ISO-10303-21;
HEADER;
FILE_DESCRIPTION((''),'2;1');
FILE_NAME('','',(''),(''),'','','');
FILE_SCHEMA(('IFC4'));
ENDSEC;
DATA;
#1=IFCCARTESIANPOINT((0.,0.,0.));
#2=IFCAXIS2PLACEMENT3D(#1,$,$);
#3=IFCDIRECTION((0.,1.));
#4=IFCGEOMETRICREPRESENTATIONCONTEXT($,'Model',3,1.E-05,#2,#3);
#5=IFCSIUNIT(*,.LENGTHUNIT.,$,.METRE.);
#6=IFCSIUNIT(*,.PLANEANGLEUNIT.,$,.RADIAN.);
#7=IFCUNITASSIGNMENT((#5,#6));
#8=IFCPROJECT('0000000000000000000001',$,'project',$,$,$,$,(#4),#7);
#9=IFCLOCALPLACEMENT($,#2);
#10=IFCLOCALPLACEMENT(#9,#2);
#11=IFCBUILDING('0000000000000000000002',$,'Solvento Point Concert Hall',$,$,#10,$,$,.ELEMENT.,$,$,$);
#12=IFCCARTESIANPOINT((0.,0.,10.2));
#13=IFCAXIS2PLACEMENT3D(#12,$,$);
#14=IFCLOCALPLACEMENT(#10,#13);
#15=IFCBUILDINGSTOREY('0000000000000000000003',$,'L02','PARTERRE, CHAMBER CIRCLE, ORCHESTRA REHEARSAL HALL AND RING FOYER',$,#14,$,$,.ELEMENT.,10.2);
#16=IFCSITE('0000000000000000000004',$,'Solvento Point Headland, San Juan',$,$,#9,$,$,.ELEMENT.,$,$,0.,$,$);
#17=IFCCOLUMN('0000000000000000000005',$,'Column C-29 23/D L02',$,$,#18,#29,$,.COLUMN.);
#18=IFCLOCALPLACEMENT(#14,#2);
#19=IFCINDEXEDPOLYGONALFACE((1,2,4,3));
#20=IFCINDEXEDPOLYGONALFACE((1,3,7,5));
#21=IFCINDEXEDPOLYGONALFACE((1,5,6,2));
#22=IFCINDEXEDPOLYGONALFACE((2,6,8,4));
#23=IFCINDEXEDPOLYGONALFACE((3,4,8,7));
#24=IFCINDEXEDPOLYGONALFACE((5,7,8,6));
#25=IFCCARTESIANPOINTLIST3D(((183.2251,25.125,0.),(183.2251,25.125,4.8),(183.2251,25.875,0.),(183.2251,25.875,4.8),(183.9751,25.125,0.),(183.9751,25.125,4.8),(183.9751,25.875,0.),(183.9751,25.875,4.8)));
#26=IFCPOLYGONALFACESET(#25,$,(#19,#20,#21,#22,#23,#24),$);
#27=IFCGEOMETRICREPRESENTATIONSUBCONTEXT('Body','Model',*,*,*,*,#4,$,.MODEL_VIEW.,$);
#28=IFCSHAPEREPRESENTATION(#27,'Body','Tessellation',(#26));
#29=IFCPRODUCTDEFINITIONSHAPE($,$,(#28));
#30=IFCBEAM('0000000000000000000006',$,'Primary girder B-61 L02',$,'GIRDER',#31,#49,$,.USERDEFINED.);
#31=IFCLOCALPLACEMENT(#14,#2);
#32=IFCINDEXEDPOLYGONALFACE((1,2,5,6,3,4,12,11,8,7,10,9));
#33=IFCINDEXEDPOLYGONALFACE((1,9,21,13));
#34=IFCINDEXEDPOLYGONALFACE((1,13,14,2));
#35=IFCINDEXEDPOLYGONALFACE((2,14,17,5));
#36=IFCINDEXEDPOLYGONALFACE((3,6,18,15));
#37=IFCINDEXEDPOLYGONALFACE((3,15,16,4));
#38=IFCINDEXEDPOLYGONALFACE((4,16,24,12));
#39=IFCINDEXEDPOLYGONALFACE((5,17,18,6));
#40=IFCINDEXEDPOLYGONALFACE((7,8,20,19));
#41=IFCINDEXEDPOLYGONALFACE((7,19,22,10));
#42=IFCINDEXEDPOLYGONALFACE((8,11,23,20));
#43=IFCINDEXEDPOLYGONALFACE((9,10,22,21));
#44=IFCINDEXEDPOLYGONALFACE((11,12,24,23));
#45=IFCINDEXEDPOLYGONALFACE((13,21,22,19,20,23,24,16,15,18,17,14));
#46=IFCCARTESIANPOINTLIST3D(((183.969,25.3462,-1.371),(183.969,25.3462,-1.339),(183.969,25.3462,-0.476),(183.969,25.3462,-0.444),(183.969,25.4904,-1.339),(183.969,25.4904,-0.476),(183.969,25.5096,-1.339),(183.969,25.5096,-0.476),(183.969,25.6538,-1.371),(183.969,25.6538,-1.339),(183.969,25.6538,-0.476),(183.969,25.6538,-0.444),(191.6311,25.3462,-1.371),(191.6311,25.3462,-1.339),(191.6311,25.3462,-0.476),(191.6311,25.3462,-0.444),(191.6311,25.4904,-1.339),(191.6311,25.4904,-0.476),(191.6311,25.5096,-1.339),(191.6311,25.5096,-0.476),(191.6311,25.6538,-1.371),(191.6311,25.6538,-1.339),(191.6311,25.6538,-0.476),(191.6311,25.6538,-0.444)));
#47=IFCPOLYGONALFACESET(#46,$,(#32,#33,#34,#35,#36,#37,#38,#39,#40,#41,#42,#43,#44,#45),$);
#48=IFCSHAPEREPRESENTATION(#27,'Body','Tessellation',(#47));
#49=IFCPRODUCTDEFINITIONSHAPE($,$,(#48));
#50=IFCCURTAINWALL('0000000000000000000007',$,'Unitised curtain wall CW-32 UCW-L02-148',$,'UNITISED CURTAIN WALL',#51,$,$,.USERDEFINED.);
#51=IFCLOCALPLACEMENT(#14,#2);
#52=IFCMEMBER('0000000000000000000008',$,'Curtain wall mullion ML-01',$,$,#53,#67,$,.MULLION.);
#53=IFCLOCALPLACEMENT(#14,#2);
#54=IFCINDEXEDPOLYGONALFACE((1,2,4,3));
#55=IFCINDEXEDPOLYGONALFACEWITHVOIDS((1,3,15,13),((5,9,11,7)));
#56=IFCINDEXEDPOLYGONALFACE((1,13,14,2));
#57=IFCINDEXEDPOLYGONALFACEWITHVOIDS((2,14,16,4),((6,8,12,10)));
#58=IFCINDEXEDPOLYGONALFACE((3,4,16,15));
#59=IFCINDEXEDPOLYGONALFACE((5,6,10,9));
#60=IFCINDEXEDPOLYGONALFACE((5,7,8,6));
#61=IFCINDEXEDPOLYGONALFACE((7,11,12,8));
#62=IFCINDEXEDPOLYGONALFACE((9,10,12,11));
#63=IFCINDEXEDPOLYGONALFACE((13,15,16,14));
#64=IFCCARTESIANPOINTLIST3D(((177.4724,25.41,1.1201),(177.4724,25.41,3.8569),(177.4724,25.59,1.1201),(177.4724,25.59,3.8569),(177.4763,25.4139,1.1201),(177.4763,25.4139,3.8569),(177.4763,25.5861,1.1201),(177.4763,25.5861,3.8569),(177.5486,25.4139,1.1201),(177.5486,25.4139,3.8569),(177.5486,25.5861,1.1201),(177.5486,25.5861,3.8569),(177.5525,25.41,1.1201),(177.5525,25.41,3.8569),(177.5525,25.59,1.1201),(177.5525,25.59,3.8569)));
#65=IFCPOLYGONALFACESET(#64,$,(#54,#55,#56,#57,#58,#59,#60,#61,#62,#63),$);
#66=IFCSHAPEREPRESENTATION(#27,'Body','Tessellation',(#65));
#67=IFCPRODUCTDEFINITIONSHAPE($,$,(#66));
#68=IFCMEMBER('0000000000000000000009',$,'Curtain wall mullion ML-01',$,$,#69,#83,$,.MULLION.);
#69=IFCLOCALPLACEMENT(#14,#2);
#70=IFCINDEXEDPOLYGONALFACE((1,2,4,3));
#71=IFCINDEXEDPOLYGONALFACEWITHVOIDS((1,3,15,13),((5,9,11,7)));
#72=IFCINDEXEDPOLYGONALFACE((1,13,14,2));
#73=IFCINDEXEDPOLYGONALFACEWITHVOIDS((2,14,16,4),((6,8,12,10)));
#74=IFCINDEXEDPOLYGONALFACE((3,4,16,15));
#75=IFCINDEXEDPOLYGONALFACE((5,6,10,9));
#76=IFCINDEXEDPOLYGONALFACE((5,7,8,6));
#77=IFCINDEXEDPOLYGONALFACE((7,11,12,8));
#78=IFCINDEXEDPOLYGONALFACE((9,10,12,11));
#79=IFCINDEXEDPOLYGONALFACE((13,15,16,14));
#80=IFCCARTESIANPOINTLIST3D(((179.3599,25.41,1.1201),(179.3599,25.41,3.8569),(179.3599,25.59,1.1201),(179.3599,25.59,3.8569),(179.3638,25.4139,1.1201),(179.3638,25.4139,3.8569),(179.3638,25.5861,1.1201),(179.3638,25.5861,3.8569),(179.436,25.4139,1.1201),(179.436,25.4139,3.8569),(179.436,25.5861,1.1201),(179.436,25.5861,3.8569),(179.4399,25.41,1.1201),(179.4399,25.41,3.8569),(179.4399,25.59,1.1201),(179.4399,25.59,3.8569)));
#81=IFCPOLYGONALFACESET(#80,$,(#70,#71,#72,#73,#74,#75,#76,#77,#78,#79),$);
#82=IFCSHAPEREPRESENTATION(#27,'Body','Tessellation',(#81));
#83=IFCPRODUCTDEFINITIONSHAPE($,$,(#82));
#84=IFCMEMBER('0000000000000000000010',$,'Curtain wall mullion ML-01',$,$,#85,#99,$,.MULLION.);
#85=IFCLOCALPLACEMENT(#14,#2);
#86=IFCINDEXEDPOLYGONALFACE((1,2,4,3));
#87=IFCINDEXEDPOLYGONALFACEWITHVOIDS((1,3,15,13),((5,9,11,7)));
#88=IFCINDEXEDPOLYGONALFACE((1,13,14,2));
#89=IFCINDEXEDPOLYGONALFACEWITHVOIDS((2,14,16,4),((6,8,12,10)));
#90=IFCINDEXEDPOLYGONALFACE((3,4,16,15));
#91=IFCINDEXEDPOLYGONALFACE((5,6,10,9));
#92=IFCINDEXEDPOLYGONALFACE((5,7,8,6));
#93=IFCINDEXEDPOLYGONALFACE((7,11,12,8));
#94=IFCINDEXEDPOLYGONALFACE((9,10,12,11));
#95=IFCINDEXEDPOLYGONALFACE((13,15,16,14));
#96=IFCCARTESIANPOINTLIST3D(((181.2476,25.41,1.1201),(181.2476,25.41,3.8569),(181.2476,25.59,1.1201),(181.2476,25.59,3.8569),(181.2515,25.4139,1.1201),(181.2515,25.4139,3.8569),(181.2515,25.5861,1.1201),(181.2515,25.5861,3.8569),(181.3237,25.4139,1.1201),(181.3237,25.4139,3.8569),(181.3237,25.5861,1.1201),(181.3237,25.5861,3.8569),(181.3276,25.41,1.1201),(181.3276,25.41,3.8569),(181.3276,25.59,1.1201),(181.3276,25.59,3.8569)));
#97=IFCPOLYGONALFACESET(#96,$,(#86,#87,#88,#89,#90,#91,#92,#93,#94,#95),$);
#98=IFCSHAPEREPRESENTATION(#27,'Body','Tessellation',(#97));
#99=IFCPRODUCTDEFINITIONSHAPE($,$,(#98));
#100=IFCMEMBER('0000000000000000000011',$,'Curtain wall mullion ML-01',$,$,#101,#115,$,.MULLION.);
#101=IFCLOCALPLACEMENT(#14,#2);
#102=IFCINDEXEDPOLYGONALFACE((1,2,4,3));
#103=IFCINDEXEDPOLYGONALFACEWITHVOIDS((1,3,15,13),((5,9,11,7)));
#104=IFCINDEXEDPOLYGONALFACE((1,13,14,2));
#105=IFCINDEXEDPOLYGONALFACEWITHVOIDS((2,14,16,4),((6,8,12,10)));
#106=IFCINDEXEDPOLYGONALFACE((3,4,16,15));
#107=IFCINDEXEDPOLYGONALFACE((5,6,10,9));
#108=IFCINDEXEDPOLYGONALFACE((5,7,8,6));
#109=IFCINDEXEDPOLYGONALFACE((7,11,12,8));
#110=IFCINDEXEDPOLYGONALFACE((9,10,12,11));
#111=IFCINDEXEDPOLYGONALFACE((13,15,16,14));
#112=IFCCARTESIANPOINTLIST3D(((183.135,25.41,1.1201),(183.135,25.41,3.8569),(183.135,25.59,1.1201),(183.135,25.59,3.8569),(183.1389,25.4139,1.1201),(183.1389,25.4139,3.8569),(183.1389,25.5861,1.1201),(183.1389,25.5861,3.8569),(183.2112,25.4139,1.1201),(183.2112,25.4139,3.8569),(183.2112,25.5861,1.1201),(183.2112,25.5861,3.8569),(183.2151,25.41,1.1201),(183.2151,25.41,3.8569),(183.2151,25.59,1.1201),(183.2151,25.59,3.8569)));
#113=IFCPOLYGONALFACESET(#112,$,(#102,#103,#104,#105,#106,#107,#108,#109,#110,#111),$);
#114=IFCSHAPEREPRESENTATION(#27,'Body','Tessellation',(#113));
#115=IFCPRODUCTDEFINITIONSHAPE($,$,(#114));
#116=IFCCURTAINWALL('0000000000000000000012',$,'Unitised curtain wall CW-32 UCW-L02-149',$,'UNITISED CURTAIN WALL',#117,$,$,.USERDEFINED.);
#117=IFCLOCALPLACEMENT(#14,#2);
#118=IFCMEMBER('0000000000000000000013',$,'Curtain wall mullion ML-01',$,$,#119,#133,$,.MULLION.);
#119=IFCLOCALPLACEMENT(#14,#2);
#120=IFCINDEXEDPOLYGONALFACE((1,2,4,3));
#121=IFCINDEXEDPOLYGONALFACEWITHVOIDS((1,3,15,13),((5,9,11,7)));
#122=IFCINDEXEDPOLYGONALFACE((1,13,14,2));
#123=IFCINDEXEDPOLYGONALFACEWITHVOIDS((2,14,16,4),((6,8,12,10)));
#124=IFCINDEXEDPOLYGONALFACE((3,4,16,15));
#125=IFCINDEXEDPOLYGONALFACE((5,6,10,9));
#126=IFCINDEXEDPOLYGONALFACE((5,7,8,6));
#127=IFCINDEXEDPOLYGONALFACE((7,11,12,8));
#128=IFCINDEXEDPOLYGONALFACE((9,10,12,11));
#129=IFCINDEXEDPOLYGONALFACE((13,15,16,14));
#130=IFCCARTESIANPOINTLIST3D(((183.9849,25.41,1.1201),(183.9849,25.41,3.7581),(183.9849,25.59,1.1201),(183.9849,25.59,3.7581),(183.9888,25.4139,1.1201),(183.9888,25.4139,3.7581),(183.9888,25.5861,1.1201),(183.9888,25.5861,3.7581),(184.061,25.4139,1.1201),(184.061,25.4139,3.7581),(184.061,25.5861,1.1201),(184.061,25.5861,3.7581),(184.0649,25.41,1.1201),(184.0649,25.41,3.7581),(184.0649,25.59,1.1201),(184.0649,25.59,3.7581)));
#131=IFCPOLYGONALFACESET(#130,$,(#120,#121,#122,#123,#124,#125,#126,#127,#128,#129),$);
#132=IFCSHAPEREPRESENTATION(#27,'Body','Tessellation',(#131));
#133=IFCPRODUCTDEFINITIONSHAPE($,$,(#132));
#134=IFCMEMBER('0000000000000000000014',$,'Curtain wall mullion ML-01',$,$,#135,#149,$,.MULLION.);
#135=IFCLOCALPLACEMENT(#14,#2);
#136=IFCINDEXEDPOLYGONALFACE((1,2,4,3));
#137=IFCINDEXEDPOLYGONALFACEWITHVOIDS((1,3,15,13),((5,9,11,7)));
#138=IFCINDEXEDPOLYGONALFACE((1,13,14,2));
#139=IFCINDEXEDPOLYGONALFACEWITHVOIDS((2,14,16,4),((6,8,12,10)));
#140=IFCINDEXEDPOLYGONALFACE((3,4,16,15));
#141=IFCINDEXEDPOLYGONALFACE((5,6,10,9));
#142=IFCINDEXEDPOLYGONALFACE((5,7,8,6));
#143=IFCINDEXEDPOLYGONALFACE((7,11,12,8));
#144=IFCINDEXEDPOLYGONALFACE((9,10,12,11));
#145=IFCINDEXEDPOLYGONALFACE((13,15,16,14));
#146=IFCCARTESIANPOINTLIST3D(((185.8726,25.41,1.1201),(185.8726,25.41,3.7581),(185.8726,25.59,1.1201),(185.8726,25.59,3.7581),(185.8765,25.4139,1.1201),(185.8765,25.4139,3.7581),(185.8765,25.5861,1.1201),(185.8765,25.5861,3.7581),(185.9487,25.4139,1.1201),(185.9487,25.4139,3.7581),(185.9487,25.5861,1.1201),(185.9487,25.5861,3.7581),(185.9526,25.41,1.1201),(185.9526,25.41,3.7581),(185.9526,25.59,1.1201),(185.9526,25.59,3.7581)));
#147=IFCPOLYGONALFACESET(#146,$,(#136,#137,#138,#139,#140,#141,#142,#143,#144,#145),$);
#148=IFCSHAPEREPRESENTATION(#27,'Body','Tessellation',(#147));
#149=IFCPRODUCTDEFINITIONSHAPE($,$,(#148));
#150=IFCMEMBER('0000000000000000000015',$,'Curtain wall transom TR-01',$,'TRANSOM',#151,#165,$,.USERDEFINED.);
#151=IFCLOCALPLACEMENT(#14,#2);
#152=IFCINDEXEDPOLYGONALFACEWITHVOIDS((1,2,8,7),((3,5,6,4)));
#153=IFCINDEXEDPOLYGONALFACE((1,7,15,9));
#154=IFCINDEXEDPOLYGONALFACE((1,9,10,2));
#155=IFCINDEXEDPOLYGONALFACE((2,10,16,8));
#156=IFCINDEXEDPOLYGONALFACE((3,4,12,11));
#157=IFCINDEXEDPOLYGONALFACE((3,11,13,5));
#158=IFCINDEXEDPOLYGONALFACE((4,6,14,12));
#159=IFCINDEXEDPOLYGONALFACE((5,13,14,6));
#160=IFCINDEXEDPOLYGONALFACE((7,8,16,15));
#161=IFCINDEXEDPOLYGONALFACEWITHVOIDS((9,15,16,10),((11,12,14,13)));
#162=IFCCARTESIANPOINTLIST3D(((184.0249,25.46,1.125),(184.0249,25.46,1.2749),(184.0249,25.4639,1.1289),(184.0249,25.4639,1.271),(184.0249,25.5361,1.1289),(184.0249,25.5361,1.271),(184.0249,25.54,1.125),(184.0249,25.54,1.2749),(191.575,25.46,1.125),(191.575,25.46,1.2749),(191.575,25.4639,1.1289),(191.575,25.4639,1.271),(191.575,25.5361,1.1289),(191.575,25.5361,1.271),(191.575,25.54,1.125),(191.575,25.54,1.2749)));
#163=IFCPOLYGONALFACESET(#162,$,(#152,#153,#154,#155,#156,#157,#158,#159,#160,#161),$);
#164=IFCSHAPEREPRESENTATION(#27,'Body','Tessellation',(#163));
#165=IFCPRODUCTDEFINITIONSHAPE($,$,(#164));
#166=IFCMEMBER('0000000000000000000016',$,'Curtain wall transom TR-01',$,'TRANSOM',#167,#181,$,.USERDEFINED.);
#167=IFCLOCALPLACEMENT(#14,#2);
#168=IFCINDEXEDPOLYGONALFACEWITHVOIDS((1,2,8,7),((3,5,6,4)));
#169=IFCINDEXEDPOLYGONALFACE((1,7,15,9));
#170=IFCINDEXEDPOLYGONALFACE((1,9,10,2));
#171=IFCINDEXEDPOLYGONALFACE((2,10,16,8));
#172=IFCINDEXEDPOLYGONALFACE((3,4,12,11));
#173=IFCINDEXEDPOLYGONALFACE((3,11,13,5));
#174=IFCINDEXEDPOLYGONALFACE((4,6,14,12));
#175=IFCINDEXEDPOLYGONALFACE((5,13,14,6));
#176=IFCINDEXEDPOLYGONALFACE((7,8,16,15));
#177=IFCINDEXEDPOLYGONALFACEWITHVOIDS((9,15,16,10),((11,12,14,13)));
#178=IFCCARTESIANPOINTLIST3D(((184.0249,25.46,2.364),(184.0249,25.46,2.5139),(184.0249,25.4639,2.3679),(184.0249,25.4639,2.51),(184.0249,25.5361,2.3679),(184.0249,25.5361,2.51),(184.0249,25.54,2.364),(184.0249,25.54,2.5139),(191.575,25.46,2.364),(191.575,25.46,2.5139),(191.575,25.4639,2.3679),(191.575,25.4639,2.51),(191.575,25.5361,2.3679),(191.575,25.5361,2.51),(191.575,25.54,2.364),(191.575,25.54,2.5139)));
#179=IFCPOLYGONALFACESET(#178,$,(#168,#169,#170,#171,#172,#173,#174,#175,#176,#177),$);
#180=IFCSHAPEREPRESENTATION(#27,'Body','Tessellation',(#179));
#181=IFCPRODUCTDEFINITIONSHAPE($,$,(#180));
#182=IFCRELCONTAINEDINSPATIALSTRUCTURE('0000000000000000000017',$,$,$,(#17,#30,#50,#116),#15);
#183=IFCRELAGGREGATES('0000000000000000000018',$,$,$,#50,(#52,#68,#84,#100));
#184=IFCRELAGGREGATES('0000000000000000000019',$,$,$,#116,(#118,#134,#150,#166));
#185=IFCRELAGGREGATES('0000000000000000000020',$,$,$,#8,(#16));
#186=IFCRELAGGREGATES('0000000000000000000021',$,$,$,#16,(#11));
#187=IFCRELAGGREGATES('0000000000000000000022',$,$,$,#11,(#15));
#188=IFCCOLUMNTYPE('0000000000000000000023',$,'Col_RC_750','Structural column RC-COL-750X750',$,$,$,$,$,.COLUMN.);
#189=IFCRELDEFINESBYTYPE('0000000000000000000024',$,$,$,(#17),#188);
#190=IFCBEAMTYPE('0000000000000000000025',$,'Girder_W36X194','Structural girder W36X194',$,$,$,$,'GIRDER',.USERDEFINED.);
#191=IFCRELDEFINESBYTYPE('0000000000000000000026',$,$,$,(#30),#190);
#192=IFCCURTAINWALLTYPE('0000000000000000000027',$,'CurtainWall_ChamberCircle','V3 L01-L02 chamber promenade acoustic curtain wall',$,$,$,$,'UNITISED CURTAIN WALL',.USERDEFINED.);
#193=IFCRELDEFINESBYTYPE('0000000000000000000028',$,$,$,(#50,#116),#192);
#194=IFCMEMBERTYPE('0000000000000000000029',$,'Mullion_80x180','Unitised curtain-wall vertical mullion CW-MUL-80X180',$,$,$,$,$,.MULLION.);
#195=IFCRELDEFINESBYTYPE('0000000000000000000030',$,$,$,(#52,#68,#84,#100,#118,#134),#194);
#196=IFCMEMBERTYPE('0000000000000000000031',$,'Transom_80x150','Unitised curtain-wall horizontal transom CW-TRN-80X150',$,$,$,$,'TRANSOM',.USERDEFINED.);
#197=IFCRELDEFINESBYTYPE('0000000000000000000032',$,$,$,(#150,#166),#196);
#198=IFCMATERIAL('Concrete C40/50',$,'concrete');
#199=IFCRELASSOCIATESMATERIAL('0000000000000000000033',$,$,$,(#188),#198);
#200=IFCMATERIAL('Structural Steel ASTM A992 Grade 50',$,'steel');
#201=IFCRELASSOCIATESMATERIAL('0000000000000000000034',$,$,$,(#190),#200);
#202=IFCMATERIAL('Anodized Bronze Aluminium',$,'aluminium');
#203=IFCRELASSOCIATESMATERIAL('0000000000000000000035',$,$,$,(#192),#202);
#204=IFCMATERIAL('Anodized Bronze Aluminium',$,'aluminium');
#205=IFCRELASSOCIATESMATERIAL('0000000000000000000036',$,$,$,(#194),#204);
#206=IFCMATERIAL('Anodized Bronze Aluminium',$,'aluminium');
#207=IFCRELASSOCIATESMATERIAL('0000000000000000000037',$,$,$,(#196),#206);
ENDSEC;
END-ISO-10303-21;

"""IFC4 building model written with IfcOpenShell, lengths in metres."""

from ifc_helpers import new_model, si_unit, direction, frame, origin, origin_2d, place, context, subcontext, project, spatial, rectangle, hollow_rectangle, i_section, extrude, material, material_profile, profile_set, type_object, element, aggregate, save


model = new_model("IFC4")

# Units and contexts
model_context = context("Model", 3, precision=1e-05, world=origin(), true_north=direction((0.0, 1.0)))
body_context = subcontext(model_context, "Body", "Model", "MODEL_VIEW")
ifc_project = project(units=[si_unit("LENGTHUNIT", "METRE"), si_unit("PLANEANGLEUNIT", "RADIAN")], contexts=[model_context])

# Site, building, storey
site_placement = place(None, origin())
site = spatial("IfcSite", under=ifc_project, at=site_placement, Name="Solvento Point Headland, San Juan", CompositionType="ELEMENT", RefElevation=0.0)
building_placement = place(site_placement, origin())
building = spatial("IfcBuilding", under=site, at=building_placement, Name="Solvento Point Concert Hall", CompositionType="ELEMENT")
storey_placement = place(building_placement, frame((0.0, 0.0, 10.2)))
storey = spatial("IfcBuildingStorey", under=building, at=storey_placement, Name="L02", Description="PARTERRE, CHAMBER CIRCLE, ORCHESTRA REHEARSAL HALL AND RING FOYER", CompositionType="ELEMENT", Elevation=10.2)

# Column
ifc_material_1 = material(Name="Concrete C40/50", Category="concrete")
ifc_material_profile_1 = material_profile(ifc_material_1, rectangle(XDim=0.75, YDim=0.75, at=origin_2d()), Name="RC-COL-750X750")
ifc_profile_set_1 = profile_set([ifc_material_profile_1], Name="Concrete C40/50")
column_type = type_object("IfcColumnType", Name="Col_RC_750", Description="Structural column RC-COL-750X750", PredefinedType="COLUMN", material=ifc_profile_set_1)
column_placement = place(storey_placement, frame((183.6001, 25.5, 0.0), z_axis=(0.0, 0.0, 1.0), x_axis=(1.0, 0.0, 0.0)))
element("IfcColumn", 1, at=column_placement, inside=storey, type_object=column_type, Name="Column C-29 23/D L02", PredefinedType="COLUMN", context=body_context, shape_type="SweptSolid", body=[
    extrude(rectangle(XDim=0.75, YDim=0.75, at=origin_2d()), origin(), (0.0, 0.0, 1.0), 4.8),
])

# Beam
ifc_material_2 = material(Name="Structural Steel ASTM A992 Grade 50", Category="steel")
ifc_material_profile_2 = material_profile(ifc_material_2, i_section(OverallWidth=0.3076, OverallDepth=0.927, WebThickness=0.0193, FlangeThickness=0.032, at=origin_2d()), Name="W36X194")
ifc_profile_set_2 = profile_set([ifc_material_profile_2], Name="Structural Steel ASTM A992 Grade 50")
beam_type = type_object("IfcBeamType", Name="Girder_W36X194", Description="Structural girder W36X194", ElementType="GIRDER", PredefinedType="USERDEFINED", material=ifc_profile_set_2)
beam_placement = place(storey_placement, frame((183.969, 25.5, -0.9075), z_axis=(1.0, 0.0, 0.0), x_axis=(0.0, 1.0, 0.0)))
element("IfcBeam", 2, at=beam_placement, inside=storey, type_object=beam_type, Name="Primary girder B-61 L02", ObjectType="GIRDER", PredefinedType="USERDEFINED", context=body_context, shape_type="SweptSolid", body=[
    extrude(i_section(OverallWidth=0.3076, OverallDepth=0.927, WebThickness=0.0193, FlangeThickness=0.032, at=origin_2d()), origin(), (0.0, 0.0, 1.0), 7.6621),
])

# Curtain walls, members
ifc_material_3 = material(Name="Anodized Bronze Aluminium", Category="aluminium")
curtain_wall_type = type_object("IfcCurtainWallType", Name="CurtainWall_ChamberCircle", Description="V3 L01-L02 chamber promenade acoustic curtain wall", ElementType="UNITISED CURTAIN WALL", PredefinedType="USERDEFINED", material=ifc_material_3)
curtain_wall_1_placement = place(storey_placement, origin())
curtain_wall_1 = element("IfcCurtainWall", 3, at=curtain_wall_1_placement, inside=storey, type_object=curtain_wall_type, Name="Unitised curtain wall CW-32 UCW-L02-148", ObjectType="UNITISED CURTAIN WALL", PredefinedType="USERDEFINED")
ifc_material_4 = material(Name="Anodized Bronze Aluminium", Category="aluminium")
ifc_material_profile_3 = material_profile(ifc_material_4, hollow_rectangle(XDim=0.0801, YDim=0.1799, WallThickness=0.0039, at=origin_2d()), Name="CW-MUL-80X180")
ifc_profile_set_3 = profile_set([ifc_material_profile_3], Name="Anodized Bronze Aluminium")
member_type_1 = type_object("IfcMemberType", Name="Mullion_80x180", Description="Unitised curtain-wall vertical mullion CW-MUL-80X180", PredefinedType="MULLION", material=ifc_profile_set_3)
member_1_placement = place(storey_placement, frame((177.5125, 25.5, 1.1201), z_axis=(0.0, 0.0, 1.0), x_axis=(1.0, 0.0, 0.0)))
member_1 = element("IfcMember", 4, at=member_1_placement, type_object=member_type_1, Name="Curtain wall mullion ML-01", PredefinedType="MULLION", context=body_context, shape_type="SweptSolid", body=[
    extrude(hollow_rectangle(XDim=0.0801, YDim=0.1799, WallThickness=0.0039, at=origin_2d()), origin(), (0.0, 0.0, 1.0), 2.7368),
])
member_2_placement = place(storey_placement, frame((179.3999, 25.5, 1.1201), z_axis=(0.0, 0.0, 1.0), x_axis=(1.0, 0.0, 0.0)))
member_2 = element("IfcMember", 5, at=member_2_placement, type_object=member_type_1, Name="Curtain wall mullion ML-01", PredefinedType="MULLION", context=body_context, shape_type="SweptSolid", body=[
    extrude(hollow_rectangle(XDim=0.0801, YDim=0.1799, WallThickness=0.0039, at=origin_2d()), origin(), (0.0, 0.0, 1.0), 2.7368),
])
member_3_placement = place(storey_placement, frame((181.2876, 25.5, 1.1201), z_axis=(0.0, 0.0, 1.0), x_axis=(1.0, 0.0, 0.0)))
member_3 = element("IfcMember", 6, at=member_3_placement, type_object=member_type_1, Name="Curtain wall mullion ML-01", PredefinedType="MULLION", context=body_context, shape_type="SweptSolid", body=[
    extrude(hollow_rectangle(XDim=0.0801, YDim=0.1799, WallThickness=0.0039, at=origin_2d()), origin(), (0.0, 0.0, 1.0), 2.7368),
])
member_4_placement = place(storey_placement, frame((183.175, 25.5, 1.1201), z_axis=(0.0, 0.0, 1.0), x_axis=(1.0, 0.0, 0.0)))
member_4 = element("IfcMember", 7, at=member_4_placement, type_object=member_type_1, Name="Curtain wall mullion ML-01", PredefinedType="MULLION", context=body_context, shape_type="SweptSolid", body=[
    extrude(hollow_rectangle(XDim=0.0801, YDim=0.1799, WallThickness=0.0039, at=origin_2d()), origin(), (0.0, 0.0, 1.0), 2.7368),
])
curtain_wall_2_placement = place(storey_placement, origin())
curtain_wall_2 = element("IfcCurtainWall", 8, at=curtain_wall_2_placement, inside=storey, type_object=curtain_wall_type, Name="Unitised curtain wall CW-32 UCW-L02-149", ObjectType="UNITISED CURTAIN WALL", PredefinedType="USERDEFINED")
member_5_placement = place(storey_placement, frame((184.0249, 25.5, 1.1201), z_axis=(0.0, 0.0, 1.0), x_axis=(1.0, 0.0, 0.0)))
member_5 = element("IfcMember", 9, at=member_5_placement, type_object=member_type_1, Name="Curtain wall mullion ML-01", PredefinedType="MULLION", context=body_context, shape_type="SweptSolid", body=[
    extrude(hollow_rectangle(XDim=0.0801, YDim=0.1799, WallThickness=0.0039, at=origin_2d()), origin(), (0.0, 0.0, 1.0), 2.6379),
])
member_6_placement = place(storey_placement, frame((185.9126, 25.5, 1.1201), z_axis=(0.0, 0.0, 1.0), x_axis=(1.0, 0.0, 0.0)))
member_6 = element("IfcMember", 10, at=member_6_placement, type_object=member_type_1, Name="Curtain wall mullion ML-01", PredefinedType="MULLION", context=body_context, shape_type="SweptSolid", body=[
    extrude(hollow_rectangle(XDim=0.0801, YDim=0.1799, WallThickness=0.0039, at=origin_2d()), origin(), (0.0, 0.0, 1.0), 2.6379),
])
ifc_material_5 = material(Name="Anodized Bronze Aluminium", Category="aluminium")
ifc_material_profile_4 = material_profile(ifc_material_5, hollow_rectangle(XDim=0.0801, YDim=0.1499, WallThickness=0.0039, at=origin_2d()), Name="CW-TRN-80X150")
ifc_profile_set_4 = profile_set([ifc_material_profile_4], Name="Anodized Bronze Aluminium")
member_type_2 = type_object("IfcMemberType", Name="Transom_80x150", Description="Unitised curtain-wall horizontal transom CW-TRN-80X150", ElementType="TRANSOM", PredefinedType="USERDEFINED", material=ifc_profile_set_4)
member_7_placement = place(storey_placement, frame((184.0249, 25.5, 1.2), z_axis=(1.0, 0.0, 0.0), x_axis=(0.0, 1.0, 0.0)))
member_7 = element("IfcMember", 11, at=member_7_placement, type_object=member_type_2, Name="Curtain wall transom TR-01", ObjectType="TRANSOM", PredefinedType="USERDEFINED", context=body_context, shape_type="SweptSolid", body=[
    extrude(hollow_rectangle(XDim=0.0801, YDim=0.1499, WallThickness=0.0039, at=origin_2d()), origin(), (0.0, 0.0, 1.0), 7.55),
])
member_8_placement = place(storey_placement, frame((184.0249, 25.5, 2.439), z_axis=(1.0, 0.0, 0.0), x_axis=(0.0, 1.0, 0.0)))
member_8 = element("IfcMember", 12, at=member_8_placement, type_object=member_type_2, Name="Curtain wall transom TR-01", ObjectType="TRANSOM", PredefinedType="USERDEFINED", context=body_context, shape_type="SweptSolid", body=[
    extrude(hollow_rectangle(XDim=0.0801, YDim=0.1499, WallThickness=0.0039, at=origin_2d()), origin(), (0.0, 0.0, 1.0), 7.55),
])

aggregate(curtain_wall_1, [member_1, member_2, member_3, member_4])
aggregate(curtain_wall_2, [member_5, member_6, member_7, member_8])

save(model, "model.ifc")
